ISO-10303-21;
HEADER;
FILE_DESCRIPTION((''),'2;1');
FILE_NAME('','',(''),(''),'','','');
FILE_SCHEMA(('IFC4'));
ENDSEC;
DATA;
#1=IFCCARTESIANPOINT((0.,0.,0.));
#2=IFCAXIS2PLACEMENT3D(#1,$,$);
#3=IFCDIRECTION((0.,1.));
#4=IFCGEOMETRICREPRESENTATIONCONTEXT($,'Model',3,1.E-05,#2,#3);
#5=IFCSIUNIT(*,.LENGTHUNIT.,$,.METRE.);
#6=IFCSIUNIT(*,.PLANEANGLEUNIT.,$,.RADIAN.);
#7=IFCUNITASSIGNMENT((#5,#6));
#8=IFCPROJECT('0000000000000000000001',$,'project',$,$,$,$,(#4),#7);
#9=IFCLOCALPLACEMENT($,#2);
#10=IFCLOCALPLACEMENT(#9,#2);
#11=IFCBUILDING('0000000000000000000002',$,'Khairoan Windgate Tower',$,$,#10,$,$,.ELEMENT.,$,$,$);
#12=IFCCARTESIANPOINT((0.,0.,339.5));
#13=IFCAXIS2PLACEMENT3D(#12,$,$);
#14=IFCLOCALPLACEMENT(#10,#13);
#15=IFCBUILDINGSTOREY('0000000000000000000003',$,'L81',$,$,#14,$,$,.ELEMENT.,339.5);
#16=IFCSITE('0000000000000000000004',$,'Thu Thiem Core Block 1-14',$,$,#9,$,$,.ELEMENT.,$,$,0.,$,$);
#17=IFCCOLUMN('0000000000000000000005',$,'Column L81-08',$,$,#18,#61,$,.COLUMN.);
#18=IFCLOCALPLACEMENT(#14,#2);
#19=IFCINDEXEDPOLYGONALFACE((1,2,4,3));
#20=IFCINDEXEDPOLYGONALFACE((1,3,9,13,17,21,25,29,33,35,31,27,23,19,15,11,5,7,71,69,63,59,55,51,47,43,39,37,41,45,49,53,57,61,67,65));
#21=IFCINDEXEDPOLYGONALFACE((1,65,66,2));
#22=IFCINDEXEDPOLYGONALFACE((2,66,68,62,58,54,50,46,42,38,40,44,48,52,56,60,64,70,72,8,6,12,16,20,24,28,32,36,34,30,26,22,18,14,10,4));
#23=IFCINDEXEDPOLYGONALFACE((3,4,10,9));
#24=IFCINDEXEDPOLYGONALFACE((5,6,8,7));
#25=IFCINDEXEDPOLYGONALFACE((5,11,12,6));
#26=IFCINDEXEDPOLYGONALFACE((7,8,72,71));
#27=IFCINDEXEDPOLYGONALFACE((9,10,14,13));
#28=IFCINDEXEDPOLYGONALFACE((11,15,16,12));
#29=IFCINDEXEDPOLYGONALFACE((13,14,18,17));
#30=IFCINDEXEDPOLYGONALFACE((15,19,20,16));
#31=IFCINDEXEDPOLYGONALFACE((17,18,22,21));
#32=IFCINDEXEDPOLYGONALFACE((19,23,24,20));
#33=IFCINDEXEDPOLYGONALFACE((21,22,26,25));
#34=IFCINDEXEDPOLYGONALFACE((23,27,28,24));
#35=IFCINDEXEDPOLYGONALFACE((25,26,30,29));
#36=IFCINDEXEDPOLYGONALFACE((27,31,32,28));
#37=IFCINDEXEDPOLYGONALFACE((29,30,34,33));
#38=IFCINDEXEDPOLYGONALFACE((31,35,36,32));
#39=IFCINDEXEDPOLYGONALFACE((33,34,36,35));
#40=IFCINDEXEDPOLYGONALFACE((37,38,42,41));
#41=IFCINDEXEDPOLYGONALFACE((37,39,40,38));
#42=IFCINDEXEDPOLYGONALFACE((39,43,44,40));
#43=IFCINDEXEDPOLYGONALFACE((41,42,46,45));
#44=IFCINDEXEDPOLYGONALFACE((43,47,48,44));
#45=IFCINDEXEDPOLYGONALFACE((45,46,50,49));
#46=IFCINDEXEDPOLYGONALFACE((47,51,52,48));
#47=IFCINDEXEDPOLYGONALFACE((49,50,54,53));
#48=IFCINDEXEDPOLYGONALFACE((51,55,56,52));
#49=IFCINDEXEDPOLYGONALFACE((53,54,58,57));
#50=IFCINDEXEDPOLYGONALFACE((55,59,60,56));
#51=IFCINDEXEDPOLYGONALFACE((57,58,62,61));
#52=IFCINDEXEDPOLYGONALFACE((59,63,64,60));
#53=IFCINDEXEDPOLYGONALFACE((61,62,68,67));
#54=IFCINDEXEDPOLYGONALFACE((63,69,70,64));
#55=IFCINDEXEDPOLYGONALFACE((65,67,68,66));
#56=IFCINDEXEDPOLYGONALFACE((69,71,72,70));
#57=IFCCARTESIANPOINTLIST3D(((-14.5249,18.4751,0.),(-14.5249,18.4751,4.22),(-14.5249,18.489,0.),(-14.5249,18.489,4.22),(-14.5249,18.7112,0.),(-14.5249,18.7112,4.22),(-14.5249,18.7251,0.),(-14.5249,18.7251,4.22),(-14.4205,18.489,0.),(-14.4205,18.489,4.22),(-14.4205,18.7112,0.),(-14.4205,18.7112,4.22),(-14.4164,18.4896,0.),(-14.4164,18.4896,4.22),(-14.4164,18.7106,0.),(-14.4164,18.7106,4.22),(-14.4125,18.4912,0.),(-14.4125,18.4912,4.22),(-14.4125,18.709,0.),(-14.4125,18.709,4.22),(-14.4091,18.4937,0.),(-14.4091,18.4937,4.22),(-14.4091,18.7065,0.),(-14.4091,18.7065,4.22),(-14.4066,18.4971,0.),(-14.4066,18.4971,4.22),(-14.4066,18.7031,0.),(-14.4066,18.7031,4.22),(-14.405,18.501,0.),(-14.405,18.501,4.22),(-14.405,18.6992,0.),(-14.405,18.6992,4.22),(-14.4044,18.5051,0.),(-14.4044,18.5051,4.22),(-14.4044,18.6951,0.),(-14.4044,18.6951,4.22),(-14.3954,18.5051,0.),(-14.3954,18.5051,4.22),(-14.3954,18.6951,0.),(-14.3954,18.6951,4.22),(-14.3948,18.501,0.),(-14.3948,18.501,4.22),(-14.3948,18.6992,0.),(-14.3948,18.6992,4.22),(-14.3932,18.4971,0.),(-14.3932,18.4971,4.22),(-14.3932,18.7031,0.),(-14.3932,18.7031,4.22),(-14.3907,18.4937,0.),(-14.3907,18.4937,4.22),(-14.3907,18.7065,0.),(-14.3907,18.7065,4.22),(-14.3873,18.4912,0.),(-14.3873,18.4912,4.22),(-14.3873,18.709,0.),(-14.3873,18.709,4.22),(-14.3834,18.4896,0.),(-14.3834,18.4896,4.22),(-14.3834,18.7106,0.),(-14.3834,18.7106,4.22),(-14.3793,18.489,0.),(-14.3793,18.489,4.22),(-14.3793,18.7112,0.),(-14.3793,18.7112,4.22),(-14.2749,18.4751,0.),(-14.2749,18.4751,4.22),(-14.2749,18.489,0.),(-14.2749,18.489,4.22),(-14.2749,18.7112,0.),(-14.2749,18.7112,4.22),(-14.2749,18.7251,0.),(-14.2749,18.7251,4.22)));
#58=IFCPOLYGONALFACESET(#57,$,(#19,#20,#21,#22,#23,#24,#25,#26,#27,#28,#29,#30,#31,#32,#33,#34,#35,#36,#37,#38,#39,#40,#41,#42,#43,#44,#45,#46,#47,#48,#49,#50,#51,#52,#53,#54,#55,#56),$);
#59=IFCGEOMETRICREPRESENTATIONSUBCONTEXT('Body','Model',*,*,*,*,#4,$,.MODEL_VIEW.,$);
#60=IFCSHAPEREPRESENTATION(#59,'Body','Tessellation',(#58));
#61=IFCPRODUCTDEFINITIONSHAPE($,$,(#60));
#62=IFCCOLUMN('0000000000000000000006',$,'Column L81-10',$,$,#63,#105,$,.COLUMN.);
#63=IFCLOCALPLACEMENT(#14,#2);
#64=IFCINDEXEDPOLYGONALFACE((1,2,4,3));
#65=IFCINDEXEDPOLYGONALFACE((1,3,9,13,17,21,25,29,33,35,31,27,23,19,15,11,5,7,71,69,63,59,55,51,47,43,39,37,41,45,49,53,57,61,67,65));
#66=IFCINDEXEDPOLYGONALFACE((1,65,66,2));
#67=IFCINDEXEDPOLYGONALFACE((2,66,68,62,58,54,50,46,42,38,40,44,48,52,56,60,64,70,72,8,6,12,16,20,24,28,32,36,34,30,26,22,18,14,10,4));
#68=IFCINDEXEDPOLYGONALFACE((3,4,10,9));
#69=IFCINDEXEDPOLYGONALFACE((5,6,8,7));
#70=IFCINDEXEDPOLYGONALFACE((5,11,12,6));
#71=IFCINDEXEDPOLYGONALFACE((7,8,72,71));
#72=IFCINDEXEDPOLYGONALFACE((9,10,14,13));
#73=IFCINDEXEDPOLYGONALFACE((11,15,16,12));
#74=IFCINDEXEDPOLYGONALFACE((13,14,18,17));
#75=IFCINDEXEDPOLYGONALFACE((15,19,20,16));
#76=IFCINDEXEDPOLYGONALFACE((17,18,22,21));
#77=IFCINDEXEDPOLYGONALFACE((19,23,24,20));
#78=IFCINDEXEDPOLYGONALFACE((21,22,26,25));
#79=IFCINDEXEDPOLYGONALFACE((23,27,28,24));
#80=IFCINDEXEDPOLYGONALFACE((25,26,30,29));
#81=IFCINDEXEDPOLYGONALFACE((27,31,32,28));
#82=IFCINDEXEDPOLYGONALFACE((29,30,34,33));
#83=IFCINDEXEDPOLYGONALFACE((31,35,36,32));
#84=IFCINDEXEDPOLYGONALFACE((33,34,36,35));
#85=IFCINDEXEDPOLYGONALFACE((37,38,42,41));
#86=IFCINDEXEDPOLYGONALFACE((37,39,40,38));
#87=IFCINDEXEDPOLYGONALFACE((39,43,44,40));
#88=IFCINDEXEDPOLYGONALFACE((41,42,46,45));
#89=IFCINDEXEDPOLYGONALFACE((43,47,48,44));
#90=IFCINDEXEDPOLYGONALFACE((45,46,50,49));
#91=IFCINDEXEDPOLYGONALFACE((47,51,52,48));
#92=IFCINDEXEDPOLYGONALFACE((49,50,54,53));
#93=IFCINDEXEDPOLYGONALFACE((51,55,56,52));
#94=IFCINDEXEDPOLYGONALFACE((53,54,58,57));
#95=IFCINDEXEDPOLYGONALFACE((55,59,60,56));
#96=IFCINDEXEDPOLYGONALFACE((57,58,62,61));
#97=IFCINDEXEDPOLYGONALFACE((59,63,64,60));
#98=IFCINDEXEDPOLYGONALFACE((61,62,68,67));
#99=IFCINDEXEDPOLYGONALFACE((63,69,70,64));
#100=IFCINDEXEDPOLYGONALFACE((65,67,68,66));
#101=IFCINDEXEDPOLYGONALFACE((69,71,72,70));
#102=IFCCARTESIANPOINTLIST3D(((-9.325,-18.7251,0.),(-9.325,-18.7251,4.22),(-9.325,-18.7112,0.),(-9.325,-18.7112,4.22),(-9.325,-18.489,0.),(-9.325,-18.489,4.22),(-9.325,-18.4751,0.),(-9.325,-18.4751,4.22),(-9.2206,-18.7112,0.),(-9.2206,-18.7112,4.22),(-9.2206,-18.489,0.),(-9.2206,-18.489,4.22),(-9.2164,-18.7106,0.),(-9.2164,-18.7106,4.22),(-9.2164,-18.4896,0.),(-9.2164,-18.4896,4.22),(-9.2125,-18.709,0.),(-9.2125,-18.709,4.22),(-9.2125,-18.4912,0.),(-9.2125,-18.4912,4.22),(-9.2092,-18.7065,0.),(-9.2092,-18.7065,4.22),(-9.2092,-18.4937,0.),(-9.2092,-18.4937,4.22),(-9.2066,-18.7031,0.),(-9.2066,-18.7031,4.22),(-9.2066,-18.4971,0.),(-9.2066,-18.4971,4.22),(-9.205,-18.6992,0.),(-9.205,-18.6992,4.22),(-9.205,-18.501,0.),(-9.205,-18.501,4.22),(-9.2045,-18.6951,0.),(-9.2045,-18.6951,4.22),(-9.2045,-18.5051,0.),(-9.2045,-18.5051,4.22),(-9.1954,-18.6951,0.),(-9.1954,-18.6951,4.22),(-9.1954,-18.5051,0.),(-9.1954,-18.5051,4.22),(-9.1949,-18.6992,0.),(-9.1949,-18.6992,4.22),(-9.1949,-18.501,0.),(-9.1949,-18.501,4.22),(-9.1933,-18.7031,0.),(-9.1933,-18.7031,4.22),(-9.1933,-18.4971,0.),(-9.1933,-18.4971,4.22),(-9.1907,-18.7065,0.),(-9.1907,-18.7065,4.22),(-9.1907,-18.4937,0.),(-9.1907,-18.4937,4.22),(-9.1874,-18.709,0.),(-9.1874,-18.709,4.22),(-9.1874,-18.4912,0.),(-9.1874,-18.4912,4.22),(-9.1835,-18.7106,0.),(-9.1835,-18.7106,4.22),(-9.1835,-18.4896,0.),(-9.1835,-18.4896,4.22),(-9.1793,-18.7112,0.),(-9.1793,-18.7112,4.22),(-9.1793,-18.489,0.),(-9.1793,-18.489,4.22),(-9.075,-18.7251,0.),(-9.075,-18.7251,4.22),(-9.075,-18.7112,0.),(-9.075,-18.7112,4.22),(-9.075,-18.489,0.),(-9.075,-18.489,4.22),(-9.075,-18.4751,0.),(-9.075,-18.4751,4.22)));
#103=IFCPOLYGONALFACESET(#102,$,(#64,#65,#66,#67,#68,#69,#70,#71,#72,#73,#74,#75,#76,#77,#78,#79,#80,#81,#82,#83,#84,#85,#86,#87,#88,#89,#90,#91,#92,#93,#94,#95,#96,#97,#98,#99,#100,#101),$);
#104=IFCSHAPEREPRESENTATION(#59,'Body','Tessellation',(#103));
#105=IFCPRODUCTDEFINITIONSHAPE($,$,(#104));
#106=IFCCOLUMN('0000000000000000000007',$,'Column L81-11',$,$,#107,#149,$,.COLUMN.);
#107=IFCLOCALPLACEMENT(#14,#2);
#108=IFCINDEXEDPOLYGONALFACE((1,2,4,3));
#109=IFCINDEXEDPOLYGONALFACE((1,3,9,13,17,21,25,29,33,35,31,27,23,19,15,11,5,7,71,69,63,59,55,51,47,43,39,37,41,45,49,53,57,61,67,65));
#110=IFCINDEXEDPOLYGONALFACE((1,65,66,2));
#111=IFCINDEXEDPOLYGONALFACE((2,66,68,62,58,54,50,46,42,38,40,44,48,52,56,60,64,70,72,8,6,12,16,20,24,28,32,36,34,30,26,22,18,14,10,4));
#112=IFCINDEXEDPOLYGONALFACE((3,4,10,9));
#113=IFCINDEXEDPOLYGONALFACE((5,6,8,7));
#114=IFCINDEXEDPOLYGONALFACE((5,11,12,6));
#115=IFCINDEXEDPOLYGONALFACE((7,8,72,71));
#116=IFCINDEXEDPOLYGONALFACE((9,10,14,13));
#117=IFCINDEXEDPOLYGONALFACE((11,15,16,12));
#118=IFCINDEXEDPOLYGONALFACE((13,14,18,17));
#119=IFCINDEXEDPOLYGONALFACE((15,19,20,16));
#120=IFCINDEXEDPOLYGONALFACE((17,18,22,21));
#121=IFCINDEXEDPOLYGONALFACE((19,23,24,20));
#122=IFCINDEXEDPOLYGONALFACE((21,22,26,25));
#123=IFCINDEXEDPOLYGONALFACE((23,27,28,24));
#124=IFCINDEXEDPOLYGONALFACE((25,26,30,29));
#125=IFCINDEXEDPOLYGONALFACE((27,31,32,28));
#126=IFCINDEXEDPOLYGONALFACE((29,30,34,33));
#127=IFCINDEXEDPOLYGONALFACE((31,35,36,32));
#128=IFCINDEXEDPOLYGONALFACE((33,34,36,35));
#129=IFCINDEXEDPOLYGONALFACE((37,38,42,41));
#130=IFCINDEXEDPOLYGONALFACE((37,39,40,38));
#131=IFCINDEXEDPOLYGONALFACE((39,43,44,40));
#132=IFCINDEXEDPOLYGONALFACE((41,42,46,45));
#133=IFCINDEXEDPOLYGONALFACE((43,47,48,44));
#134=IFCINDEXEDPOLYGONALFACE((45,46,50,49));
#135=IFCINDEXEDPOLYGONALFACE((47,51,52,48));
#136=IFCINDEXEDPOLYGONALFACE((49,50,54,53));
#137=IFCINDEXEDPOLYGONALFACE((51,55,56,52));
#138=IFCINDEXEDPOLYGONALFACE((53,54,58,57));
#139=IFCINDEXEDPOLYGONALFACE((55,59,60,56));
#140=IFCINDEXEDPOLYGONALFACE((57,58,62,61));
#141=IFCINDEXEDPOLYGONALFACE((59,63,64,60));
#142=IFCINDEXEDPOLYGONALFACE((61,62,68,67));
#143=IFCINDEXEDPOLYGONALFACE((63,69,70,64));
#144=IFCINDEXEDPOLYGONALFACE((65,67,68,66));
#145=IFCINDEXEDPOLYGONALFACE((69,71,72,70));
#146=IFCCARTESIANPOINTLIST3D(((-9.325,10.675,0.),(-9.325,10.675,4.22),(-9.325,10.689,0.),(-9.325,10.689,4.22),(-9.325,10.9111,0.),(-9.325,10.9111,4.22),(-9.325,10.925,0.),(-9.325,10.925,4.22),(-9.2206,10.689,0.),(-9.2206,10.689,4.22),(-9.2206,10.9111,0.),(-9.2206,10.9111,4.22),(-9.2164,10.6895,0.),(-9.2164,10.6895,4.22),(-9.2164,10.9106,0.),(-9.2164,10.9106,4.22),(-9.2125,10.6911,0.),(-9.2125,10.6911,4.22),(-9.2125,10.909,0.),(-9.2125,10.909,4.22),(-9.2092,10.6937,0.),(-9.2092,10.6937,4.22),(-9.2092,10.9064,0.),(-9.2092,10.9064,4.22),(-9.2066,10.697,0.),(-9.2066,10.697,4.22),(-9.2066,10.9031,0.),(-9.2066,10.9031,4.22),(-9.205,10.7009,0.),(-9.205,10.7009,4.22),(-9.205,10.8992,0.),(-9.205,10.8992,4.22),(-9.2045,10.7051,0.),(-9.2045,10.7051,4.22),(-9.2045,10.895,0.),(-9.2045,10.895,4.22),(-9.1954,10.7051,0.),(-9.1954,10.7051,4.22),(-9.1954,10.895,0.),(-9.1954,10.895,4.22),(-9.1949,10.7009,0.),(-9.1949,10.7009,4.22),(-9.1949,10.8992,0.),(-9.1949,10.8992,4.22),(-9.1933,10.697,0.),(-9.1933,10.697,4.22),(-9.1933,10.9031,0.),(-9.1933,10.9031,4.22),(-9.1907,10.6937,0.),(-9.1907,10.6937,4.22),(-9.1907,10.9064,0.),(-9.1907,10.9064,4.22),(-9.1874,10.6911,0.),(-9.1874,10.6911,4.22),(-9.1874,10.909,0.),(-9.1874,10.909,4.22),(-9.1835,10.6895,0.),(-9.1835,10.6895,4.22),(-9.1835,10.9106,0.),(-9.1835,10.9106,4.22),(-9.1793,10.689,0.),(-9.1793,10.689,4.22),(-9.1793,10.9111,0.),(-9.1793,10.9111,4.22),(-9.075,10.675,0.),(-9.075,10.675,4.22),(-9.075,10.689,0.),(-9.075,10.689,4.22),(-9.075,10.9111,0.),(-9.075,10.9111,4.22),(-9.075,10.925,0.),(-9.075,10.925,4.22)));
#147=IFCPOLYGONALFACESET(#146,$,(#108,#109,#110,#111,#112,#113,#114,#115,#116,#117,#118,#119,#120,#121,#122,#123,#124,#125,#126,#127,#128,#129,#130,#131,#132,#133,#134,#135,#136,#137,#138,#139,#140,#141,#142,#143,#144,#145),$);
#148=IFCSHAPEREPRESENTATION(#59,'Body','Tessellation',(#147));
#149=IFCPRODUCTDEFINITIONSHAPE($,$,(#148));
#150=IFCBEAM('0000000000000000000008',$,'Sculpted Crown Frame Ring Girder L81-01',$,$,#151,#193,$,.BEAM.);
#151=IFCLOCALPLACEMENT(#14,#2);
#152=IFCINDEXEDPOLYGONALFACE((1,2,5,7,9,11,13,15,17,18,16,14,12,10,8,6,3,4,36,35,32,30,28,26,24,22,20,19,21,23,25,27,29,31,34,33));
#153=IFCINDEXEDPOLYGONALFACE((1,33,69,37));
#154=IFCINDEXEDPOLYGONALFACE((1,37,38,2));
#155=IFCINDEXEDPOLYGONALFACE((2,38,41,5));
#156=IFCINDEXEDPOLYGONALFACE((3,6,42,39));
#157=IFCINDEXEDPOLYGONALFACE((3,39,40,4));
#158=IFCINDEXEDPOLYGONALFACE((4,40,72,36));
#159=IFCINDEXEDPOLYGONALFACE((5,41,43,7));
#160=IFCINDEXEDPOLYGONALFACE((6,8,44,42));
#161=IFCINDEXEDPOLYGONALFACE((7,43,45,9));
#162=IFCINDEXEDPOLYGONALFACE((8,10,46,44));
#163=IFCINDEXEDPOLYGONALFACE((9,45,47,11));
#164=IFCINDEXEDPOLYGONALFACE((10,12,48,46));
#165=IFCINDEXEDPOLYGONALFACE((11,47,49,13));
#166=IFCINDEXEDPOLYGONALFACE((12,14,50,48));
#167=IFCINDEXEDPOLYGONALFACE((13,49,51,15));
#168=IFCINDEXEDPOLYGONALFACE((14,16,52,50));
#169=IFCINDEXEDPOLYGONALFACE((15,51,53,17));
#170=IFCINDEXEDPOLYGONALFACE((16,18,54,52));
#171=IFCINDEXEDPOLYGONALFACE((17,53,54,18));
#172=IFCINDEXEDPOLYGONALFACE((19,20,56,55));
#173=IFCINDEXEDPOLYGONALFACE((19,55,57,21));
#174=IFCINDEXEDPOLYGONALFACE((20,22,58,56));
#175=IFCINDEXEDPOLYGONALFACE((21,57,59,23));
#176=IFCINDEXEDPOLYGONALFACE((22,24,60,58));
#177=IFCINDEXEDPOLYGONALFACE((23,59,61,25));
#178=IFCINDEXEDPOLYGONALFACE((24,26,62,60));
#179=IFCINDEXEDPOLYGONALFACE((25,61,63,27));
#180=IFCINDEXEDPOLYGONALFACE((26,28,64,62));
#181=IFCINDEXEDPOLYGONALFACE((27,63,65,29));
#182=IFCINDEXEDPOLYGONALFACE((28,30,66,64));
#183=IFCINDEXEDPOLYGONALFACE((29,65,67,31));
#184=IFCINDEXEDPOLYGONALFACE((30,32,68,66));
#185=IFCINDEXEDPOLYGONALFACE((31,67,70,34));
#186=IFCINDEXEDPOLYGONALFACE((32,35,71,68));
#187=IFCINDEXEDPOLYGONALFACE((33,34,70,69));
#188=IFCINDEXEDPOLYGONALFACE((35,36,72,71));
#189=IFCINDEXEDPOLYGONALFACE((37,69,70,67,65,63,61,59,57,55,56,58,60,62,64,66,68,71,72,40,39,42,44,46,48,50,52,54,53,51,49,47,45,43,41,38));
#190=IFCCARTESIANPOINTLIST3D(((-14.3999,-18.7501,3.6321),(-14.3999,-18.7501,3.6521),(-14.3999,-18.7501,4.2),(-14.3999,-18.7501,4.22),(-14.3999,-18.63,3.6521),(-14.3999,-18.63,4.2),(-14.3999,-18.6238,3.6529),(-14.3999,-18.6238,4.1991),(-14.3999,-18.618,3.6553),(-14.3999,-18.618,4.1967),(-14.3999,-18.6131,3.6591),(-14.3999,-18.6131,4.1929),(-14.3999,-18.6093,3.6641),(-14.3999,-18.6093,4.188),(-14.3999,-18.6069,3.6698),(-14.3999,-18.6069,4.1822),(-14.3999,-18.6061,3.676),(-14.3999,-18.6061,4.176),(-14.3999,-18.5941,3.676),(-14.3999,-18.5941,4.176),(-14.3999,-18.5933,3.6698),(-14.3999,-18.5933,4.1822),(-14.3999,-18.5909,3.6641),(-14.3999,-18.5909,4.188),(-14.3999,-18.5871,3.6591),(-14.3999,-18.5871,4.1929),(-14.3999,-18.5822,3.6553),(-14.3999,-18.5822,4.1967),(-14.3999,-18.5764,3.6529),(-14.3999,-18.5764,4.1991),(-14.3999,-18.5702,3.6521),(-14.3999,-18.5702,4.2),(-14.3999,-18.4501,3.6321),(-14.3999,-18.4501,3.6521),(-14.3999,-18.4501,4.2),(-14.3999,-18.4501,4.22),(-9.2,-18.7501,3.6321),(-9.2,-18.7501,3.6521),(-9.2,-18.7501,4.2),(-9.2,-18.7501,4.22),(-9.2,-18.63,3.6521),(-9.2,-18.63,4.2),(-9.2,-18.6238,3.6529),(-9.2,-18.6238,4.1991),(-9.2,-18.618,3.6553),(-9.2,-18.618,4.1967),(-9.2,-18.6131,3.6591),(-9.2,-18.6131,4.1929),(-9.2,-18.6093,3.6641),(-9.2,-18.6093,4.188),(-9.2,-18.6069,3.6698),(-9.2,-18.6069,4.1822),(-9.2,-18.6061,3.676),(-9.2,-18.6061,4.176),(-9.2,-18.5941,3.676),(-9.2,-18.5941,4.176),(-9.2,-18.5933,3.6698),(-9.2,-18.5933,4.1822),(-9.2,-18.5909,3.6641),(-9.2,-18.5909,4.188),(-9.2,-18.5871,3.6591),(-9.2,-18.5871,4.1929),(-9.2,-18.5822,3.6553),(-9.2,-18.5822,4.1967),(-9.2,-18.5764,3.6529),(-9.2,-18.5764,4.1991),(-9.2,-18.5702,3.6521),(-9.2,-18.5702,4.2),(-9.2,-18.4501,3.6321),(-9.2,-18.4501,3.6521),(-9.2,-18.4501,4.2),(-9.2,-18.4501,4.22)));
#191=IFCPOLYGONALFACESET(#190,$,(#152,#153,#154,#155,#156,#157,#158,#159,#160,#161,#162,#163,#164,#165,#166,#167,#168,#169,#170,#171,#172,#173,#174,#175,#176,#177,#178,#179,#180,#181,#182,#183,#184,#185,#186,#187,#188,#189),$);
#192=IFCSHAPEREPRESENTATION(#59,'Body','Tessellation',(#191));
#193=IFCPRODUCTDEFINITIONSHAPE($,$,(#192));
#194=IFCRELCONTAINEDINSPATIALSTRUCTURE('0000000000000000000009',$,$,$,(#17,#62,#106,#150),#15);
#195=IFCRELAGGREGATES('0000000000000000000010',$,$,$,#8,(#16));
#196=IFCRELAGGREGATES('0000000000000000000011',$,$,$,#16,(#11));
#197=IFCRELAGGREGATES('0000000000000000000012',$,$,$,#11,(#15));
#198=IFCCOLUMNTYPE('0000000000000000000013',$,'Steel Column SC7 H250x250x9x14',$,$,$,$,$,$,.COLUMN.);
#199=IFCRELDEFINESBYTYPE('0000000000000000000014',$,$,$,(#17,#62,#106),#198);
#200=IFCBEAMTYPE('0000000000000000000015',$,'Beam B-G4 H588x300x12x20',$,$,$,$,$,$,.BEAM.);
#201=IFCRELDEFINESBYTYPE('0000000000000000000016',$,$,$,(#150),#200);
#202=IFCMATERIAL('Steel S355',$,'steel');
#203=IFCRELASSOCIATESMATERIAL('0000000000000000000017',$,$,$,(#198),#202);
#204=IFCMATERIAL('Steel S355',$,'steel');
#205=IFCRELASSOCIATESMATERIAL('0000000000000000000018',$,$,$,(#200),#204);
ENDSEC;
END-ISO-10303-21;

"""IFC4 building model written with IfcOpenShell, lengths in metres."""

from ifc_helpers import new_model, si_unit, direction, frame, origin, origin_2d, place, context, subcontext, project, spatial, i_section, extrude, material, material_profile, profile_set, type_object, element, save


model = new_model("IFC4")

# Units and contexts
model_context = context("Model", 3, precision=1e-05, world=origin(), true_north=direction((0.0, 1.0)))
body_context = subcontext(model_context, "Body", "Model", "MODEL_VIEW")
ifc_project = project(units=[si_unit("LENGTHUNIT", "METRE"), si_unit("PLANEANGLEUNIT", "RADIAN")], contexts=[model_context])

# Site, building, storey
site_placement = place(None, origin())
site = spatial("IfcSite", under=ifc_project, at=site_placement, Name="Thu Thiem Core Block 1-14", CompositionType="ELEMENT", RefElevation=0.0)
building_placement = place(site_placement, origin())
building = spatial("IfcBuilding", under=site, at=building_placement, Name="Khairoan Windgate Tower", CompositionType="ELEMENT")
storey_placement = place(building_placement, frame((0.0, 0.0, 339.5)))
storey = spatial("IfcBuildingStorey", under=building, at=storey_placement, Name="L81", CompositionType="ELEMENT", Elevation=339.5)

# Columns
ifc_material_1 = material(Name="Steel S355", Category="steel")
ifc_material_profile_1 = material_profile(ifc_material_1, i_section(OverallWidth=0.25, OverallDepth=0.25, WebThickness=0.009, FlangeThickness=0.0139, FilletRadius=0.0161, at=origin_2d()))
ifc_profile_set_1 = profile_set([ifc_material_profile_1], Name="Steel S355")
column_type = type_object("IfcColumnType", Name="Steel Column SC7 H250x250x9x14", PredefinedType="COLUMN", material=ifc_profile_set_1)
for number, where, z_axis, x_axis, name in (
    (1, (-14.3999, 18.6001, 0.0), (0.0, 0.0, 1.0), (1.0, 0.0, 0.0), "Column L81-08"),
    (2, (-9.2, -18.6001, 0.0), (0.0, 0.0, 1.0), (1.0, 0.0, 0.0), "Column L81-10"),
    (3, (-9.2, 10.8, 0.0), (0.0, 0.0, 1.0), (1.0, 0.0, 0.0), "Column L81-11"),
):
    element("IfcColumn", number, at=place(storey_placement, frame(where, z_axis=z_axis, x_axis=x_axis)), inside=storey, type_object=column_type, Name=name, PredefinedType="COLUMN", context=body_context, shape_type="SweptSolid", body=[
        extrude(i_section(OverallWidth=0.25, OverallDepth=0.25, WebThickness=0.009, FlangeThickness=0.0139, FilletRadius=0.0161, at=origin_2d()), origin(), (0.0, 0.0, 1.0), 4.22),
    ])

# Beam
ifc_material_2 = material(Name="Steel S355", Category="steel")
ifc_material_profile_2 = material_profile(ifc_material_2, i_section(OverallWidth=0.3, OverallDepth=0.5879, WebThickness=0.012, FlangeThickness=0.02, FilletRadius=0.0239, at=origin_2d()))
ifc_profile_set_2 = profile_set([ifc_material_profile_2], Name="Steel S355")
beam_type_1 = type_object("IfcBeamType", Name="Beam B-G4 H588x300x12x20", PredefinedType="BEAM", material=ifc_profile_set_2)
for number, where, z_axis, x_axis, name in (
    (4, (-14.3999, -18.6001, 3.926), (1.0, 0.0, 0.0), (0.0, 1.0, 0.0), "Sculpted Crown Frame Ring Girder L81-01"),
):
    element("IfcBeam", number, at=place(storey_placement, frame(where, z_axis=z_axis, x_axis=x_axis)), inside=storey, type_object=beam_type_1, Name=name, PredefinedType="BEAM", context=body_context, shape_type="SweptSolid", body=[
        extrude(i_section(OverallWidth=0.3, OverallDepth=0.5879, WebThickness=0.012, FlangeThickness=0.02, FilletRadius=0.0239, at=origin_2d()), origin(), (0.0, 0.0, 1.0), 5.2),
    ])

save(model, "model.ifc")
